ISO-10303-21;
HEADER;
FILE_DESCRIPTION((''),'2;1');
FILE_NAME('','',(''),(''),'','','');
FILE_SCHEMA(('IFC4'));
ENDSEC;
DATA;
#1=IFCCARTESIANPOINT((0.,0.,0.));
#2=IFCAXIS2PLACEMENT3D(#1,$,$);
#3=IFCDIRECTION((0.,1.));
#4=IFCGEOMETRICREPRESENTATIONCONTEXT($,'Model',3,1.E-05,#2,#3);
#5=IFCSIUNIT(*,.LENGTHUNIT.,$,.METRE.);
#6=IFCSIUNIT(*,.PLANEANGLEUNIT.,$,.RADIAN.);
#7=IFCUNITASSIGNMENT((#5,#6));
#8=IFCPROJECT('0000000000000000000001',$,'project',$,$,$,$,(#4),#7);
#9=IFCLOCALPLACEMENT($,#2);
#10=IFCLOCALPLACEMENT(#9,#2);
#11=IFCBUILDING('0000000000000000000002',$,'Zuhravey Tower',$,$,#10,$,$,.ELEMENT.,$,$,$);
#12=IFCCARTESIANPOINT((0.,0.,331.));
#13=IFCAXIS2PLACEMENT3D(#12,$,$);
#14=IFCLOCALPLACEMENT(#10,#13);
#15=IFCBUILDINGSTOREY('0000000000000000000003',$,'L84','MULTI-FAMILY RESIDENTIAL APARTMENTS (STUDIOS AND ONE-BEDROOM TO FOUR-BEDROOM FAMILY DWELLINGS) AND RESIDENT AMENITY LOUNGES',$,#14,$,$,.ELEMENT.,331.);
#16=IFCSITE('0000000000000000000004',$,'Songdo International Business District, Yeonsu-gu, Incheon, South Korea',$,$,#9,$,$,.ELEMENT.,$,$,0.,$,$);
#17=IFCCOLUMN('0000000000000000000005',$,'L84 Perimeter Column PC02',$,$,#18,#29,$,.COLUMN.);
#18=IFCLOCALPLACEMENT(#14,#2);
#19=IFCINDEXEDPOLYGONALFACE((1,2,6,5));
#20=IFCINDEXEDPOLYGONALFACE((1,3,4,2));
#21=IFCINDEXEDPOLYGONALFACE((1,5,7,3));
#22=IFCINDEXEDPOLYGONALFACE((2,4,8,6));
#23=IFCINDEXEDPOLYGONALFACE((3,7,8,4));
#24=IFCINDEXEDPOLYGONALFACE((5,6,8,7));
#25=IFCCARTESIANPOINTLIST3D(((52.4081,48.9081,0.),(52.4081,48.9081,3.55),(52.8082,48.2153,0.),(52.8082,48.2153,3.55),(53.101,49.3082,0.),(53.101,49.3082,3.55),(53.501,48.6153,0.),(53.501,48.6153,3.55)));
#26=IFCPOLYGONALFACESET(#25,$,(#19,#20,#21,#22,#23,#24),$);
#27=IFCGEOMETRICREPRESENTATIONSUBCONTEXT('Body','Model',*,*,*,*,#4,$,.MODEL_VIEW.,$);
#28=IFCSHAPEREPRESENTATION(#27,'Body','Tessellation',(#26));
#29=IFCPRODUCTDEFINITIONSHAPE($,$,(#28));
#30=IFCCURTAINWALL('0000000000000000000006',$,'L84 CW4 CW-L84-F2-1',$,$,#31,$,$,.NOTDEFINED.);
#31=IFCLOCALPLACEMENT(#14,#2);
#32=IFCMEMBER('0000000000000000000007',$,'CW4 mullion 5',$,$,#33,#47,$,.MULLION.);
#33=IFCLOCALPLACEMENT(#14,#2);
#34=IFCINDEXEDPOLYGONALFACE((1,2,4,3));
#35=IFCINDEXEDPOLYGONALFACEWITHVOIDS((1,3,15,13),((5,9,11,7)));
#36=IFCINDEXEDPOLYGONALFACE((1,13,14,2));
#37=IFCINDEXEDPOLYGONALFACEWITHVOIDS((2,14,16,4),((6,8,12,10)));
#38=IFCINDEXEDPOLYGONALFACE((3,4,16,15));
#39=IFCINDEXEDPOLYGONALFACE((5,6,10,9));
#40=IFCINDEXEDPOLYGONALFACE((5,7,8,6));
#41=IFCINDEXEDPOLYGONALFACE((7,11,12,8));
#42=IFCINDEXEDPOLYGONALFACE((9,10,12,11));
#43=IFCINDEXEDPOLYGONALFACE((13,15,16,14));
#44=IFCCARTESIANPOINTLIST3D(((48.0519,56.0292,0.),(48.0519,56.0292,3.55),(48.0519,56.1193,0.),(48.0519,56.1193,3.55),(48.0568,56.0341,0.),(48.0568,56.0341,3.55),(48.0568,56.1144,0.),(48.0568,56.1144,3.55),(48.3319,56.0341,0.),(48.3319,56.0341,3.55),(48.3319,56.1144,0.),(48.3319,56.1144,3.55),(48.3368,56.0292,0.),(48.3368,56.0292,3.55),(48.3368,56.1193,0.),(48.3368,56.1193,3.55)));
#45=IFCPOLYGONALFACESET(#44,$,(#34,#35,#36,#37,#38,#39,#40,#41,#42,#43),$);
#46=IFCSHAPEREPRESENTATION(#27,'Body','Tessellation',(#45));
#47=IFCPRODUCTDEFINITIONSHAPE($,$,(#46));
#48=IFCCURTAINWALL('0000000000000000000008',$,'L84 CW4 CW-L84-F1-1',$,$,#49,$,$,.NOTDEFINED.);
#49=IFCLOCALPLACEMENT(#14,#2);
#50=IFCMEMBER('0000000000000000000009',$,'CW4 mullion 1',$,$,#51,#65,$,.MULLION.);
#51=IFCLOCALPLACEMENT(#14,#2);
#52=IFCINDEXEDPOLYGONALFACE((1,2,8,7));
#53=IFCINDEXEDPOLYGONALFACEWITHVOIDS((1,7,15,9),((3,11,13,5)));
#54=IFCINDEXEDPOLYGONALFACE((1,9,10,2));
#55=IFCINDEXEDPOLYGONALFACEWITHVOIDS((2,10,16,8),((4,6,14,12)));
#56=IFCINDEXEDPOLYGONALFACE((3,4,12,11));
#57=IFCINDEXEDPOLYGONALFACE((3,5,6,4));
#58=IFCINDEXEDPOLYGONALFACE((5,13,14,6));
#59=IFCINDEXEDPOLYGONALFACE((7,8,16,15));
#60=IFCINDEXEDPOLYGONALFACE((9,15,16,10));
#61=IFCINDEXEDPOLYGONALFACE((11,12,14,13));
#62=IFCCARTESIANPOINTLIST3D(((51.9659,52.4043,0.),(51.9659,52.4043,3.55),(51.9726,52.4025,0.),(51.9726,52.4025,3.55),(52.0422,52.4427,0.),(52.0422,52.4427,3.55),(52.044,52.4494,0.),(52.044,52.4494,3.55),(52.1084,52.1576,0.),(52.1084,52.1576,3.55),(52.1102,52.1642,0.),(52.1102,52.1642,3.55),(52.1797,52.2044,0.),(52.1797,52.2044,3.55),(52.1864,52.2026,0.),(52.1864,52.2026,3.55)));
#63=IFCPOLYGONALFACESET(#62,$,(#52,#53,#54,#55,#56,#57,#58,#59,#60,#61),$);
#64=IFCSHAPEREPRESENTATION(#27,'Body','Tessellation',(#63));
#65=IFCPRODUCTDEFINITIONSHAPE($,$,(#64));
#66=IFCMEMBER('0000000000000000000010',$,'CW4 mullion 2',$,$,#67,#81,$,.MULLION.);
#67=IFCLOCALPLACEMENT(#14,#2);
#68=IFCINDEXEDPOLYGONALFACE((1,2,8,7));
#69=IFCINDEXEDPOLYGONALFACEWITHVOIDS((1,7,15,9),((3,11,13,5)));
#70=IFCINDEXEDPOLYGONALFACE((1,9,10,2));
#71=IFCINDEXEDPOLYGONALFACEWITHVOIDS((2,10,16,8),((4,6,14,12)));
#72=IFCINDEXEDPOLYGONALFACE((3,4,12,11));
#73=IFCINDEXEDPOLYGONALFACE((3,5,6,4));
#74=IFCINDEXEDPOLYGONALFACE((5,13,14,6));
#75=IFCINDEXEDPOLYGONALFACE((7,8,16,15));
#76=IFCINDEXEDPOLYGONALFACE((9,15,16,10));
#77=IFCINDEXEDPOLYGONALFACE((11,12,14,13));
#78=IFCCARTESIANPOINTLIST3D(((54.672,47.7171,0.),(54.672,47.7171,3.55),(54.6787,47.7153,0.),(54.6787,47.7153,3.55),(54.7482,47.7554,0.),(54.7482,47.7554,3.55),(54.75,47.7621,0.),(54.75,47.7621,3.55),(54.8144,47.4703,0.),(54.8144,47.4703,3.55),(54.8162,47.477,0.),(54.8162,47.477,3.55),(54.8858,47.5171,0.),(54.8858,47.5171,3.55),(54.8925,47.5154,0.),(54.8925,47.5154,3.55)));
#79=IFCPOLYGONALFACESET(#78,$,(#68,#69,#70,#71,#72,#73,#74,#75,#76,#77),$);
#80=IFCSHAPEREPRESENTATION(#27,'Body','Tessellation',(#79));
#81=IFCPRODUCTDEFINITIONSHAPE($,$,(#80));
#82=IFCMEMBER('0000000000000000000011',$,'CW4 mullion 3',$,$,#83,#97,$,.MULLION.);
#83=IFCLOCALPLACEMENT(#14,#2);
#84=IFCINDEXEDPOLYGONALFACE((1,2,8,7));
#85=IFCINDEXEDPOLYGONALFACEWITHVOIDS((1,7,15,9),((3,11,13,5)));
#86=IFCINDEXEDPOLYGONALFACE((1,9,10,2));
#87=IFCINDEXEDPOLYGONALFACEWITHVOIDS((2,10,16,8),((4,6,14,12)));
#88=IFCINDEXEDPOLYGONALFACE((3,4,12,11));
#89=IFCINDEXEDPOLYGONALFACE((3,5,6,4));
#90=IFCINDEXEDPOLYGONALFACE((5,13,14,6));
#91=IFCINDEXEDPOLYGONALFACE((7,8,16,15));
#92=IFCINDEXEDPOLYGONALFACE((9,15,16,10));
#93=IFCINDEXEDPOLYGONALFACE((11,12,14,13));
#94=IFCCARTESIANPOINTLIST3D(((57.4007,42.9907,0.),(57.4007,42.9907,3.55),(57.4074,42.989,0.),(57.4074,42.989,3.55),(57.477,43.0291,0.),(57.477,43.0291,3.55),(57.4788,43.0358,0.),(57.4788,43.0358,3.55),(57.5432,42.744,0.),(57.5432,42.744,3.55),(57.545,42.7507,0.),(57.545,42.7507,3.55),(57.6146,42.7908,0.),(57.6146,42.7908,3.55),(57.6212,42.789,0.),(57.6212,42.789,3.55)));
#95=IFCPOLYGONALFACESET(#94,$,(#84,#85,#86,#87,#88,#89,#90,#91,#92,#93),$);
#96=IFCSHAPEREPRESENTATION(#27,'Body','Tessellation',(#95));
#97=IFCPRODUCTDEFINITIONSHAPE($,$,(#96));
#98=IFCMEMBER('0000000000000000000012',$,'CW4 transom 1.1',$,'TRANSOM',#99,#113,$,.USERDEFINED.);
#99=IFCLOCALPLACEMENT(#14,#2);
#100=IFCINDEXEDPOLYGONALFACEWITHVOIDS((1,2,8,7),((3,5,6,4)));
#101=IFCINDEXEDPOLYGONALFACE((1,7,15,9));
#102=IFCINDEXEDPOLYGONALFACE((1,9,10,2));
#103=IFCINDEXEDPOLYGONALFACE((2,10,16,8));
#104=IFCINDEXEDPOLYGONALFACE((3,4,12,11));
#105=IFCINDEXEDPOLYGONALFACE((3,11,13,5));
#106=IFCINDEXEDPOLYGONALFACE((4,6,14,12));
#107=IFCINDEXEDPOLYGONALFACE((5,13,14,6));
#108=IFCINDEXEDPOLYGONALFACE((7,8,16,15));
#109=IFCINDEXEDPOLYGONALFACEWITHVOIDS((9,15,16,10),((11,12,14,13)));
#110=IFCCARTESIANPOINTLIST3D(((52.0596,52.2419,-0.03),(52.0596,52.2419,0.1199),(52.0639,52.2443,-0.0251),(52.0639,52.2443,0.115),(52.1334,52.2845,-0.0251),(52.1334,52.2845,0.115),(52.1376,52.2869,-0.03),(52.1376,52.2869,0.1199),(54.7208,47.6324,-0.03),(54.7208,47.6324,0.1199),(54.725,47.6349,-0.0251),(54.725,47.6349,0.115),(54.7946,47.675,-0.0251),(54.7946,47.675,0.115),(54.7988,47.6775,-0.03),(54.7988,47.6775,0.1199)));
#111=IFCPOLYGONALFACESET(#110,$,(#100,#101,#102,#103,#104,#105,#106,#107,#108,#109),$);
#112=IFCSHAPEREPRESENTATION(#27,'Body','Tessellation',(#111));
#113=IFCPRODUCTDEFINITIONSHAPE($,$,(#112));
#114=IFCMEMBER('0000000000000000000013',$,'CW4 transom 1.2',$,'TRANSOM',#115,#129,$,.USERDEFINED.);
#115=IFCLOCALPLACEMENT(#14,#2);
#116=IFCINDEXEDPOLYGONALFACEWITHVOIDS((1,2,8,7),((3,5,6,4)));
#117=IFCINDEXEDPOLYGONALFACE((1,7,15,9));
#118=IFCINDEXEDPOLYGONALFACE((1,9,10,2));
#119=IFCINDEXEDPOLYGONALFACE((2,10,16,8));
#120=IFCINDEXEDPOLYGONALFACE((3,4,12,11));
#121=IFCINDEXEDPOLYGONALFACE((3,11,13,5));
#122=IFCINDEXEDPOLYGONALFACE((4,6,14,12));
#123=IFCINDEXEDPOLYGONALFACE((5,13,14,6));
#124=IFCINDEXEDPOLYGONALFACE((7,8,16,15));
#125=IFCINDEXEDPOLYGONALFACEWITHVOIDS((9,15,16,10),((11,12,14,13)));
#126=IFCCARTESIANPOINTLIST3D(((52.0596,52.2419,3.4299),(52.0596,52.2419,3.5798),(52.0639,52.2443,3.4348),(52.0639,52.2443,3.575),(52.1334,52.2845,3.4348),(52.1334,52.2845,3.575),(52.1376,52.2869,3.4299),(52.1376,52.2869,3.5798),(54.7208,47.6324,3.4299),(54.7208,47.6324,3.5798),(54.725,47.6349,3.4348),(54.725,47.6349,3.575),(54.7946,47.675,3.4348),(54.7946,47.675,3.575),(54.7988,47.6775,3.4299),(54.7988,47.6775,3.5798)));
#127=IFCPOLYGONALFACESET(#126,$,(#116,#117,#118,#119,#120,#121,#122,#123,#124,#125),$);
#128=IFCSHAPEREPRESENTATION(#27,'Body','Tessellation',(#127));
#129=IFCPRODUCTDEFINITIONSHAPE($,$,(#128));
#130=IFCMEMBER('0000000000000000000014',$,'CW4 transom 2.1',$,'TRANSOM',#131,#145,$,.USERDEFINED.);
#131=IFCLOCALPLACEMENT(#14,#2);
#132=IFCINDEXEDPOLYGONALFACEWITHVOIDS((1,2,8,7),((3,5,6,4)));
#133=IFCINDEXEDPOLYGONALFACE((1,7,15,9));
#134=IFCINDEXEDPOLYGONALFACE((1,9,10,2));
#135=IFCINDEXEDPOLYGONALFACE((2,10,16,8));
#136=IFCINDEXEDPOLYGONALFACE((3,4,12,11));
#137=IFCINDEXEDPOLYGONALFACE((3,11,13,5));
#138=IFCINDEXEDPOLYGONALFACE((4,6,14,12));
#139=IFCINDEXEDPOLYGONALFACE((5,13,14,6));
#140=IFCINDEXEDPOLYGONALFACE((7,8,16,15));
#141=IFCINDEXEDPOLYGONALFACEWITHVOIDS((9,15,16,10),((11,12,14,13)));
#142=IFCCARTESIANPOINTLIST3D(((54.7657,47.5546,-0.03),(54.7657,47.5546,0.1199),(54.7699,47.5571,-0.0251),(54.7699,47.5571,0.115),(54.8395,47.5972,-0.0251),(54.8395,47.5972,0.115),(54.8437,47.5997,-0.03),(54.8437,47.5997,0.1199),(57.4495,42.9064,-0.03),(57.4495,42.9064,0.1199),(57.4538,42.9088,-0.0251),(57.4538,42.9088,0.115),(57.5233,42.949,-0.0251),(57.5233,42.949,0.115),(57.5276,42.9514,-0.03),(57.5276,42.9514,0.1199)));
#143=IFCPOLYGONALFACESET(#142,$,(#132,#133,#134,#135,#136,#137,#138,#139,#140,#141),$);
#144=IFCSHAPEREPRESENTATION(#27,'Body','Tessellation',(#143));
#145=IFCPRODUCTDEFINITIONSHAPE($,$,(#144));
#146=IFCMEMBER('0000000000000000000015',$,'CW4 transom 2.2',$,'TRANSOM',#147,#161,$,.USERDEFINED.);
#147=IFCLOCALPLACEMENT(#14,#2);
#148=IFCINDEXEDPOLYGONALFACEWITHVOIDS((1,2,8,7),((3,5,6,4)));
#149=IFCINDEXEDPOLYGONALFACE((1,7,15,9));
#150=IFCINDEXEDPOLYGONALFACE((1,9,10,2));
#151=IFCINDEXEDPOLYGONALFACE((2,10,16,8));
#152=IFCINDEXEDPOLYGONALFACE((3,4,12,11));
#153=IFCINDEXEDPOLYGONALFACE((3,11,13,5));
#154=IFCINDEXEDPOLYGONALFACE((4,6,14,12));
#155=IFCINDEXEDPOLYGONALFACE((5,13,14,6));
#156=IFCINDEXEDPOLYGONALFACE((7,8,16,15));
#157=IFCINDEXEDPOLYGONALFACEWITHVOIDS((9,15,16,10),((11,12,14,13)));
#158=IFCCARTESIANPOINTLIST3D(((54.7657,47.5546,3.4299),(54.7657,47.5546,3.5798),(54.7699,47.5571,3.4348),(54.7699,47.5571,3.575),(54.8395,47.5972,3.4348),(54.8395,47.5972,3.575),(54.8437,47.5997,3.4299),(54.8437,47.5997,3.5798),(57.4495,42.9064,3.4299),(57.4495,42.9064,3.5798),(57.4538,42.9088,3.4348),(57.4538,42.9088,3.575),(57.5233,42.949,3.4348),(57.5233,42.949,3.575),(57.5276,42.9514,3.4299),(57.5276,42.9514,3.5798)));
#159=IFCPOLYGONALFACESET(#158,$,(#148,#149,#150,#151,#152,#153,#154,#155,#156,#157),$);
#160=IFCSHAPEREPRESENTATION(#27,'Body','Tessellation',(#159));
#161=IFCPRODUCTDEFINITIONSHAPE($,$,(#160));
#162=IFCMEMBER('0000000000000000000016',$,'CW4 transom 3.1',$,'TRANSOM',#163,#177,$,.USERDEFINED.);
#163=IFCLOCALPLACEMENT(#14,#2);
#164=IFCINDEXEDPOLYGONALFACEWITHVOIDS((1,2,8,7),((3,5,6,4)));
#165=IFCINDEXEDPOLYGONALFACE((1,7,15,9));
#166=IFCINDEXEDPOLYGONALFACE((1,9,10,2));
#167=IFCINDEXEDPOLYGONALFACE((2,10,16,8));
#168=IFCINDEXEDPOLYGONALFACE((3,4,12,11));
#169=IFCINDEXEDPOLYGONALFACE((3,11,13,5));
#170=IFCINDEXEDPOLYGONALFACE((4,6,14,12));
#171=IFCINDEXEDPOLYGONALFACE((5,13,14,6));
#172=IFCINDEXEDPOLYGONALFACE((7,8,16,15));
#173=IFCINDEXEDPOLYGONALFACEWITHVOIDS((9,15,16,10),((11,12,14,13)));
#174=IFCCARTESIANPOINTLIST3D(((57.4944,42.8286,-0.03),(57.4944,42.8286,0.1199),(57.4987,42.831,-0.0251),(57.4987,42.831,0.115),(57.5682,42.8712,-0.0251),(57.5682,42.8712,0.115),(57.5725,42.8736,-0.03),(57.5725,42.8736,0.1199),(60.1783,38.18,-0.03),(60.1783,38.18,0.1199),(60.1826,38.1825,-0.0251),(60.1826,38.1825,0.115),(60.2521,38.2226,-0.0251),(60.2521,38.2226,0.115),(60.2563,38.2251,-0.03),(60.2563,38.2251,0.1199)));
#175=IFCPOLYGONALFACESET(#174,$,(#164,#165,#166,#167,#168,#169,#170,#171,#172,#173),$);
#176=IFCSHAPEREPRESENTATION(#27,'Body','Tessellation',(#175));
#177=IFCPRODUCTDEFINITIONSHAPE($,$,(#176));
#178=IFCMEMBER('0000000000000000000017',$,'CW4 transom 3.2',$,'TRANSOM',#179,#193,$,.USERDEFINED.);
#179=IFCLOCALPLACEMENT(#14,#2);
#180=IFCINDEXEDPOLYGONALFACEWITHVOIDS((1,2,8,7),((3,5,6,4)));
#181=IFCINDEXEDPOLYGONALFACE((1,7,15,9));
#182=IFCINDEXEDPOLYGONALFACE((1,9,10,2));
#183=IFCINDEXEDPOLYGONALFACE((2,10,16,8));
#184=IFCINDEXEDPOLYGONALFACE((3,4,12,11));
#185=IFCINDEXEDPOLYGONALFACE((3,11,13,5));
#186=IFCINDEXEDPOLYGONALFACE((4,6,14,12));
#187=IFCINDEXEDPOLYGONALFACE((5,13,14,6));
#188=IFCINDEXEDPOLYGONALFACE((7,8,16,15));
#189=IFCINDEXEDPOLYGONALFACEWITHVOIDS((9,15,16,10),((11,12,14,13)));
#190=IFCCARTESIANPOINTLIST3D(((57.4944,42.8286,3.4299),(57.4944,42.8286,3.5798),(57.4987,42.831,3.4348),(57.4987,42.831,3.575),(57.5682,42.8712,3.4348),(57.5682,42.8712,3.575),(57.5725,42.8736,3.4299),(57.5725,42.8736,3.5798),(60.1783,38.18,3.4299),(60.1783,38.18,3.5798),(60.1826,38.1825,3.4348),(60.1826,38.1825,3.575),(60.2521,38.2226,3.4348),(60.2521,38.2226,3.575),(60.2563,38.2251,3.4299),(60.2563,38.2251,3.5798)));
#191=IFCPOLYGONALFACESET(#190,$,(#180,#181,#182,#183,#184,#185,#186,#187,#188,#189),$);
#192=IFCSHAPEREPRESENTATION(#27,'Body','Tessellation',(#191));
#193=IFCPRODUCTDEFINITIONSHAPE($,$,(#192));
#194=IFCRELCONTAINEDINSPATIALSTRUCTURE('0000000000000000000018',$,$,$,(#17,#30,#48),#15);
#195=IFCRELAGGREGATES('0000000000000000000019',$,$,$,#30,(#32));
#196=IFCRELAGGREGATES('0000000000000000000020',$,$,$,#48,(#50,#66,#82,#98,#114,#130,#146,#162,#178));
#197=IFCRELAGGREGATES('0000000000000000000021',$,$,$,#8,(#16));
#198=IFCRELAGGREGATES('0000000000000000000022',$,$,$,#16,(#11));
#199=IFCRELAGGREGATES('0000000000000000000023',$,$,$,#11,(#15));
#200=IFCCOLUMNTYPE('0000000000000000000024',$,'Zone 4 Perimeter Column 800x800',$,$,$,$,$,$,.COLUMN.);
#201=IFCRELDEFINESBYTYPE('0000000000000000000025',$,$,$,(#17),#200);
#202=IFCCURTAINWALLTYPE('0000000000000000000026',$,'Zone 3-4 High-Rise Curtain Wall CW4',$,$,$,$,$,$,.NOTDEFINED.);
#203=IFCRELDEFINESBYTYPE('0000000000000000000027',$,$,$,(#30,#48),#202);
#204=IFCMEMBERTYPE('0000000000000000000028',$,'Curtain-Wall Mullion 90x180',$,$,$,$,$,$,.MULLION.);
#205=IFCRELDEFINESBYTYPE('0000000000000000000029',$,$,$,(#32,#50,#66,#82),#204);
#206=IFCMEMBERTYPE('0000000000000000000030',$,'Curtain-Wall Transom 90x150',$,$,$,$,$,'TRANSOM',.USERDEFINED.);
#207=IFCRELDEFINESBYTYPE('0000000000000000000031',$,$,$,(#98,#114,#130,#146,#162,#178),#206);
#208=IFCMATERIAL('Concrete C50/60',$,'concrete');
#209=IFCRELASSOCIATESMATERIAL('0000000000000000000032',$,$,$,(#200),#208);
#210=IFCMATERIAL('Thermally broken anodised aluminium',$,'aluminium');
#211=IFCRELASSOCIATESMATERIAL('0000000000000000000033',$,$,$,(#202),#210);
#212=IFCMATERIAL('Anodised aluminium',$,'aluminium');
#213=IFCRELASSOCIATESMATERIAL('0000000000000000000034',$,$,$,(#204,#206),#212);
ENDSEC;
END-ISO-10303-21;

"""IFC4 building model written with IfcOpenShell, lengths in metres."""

from ifc_helpers import new_model, si_unit, direction, frame, origin, origin_2d, place, context, subcontext, project, spatial, rectangle, hollow_rectangle, extrude, material, material_profile, profile_set, type_object, element, aggregate, save


model = new_model("IFC4")

# Units and contexts
model_context = context("Model", 3, precision=1e-05, world=origin(), true_north=direction((0.0, 1.0)))
body_context = subcontext(model_context, "Body", "Model", "MODEL_VIEW")
ifc_project = project(units=[si_unit("LENGTHUNIT", "METRE"), si_unit("PLANEANGLEUNIT", "RADIAN")], contexts=[model_context])

# Site, building, storey
site_placement = place(None, origin())
site = spatial("IfcSite", under=ifc_project, at=site_placement, Name="Songdo International Business District, Yeonsu-gu, Incheon, South Korea", CompositionType="ELEMENT", RefElevation=0.0)
building_placement = place(site_placement, origin())
building = spatial("IfcBuilding", under=site, at=building_placement, Name="Zuhravey Tower", CompositionType="ELEMENT")
storey_placement = place(building_placement, frame((0.0, 0.0, 331.0)))
storey = spatial("IfcBuildingStorey", under=building, at=storey_placement, Name="L84", Description="MULTI-FAMILY RESIDENTIAL APARTMENTS (STUDIOS AND ONE-BEDROOM TO FOUR-BEDROOM FAMILY DWELLINGS) AND RESIDENT AMENITY LOUNGES", CompositionType="ELEMENT", Elevation=331.0)

# Column
ifc_material_1 = material(Name="Concrete C50/60", Category="concrete")
ifc_material_profile_1 = material_profile(ifc_material_1, rectangle(XDim=0.8, YDim=0.8, at=origin_2d()), Name="RC-800x800")
ifc_profile_set_1 = profile_set([ifc_material_profile_1], Name="Concrete C50/60")
column_type = type_object("IfcColumnType", Name="Zone 4 Perimeter Column 800x800", PredefinedType="COLUMN", material=ifc_profile_set_1)
column_placement = place(storey_placement, frame((52.9546, 48.7617, 0.0), z_axis=(0.0, 0.0, 1.0), x_axis=(-0.5, 0.866025, 0.0)))
element("IfcColumn", 1, at=column_placement, inside=storey, type_object=column_type, Name="L84 Perimeter Column PC02", PredefinedType="COLUMN", context=body_context, shape_type="SweptSolid", body=[
    extrude(rectangle(XDim=0.8, YDim=0.8, at=origin_2d()), origin(), (0.0, 0.0, 1.0), 3.55),
])

# Curtain wall, member
ifc_material_2 = material(Name="Thermally broken anodised aluminium", Category="aluminium")
curtain_wall_type = type_object("IfcCurtainWallType", Name="Zone 3-4 High-Rise Curtain Wall CW4", PredefinedType="NOTDEFINED", material=ifc_material_2)
curtain_wall_1_placement = place(storey_placement, origin())
curtain_wall_1 = element("IfcCurtainWall", 2, at=curtain_wall_1_placement, inside=storey, type_object=curtain_wall_type, Name="L84 CW4 CW-L84-F2-1", PredefinedType="NOTDEFINED")
ifc_material_3 = material(Name="Anodised aluminium", Category="aluminium")
ifc_material_profile_2 = material_profile(ifc_material_3, hollow_rectangle(XDim=0.0901, YDim=0.2849, WallThickness=0.0049, at=origin_2d()), Name="ALU-RHS-90x285x5")
ifc_profile_set_2 = profile_set([ifc_material_profile_2], Name="Anodised aluminium")
member_type_1 = type_object("IfcMemberType", Name="Curtain-Wall Mullion 90x180", PredefinedType="MULLION", material=ifc_profile_set_2)
member_1_placement = place(storey_placement, frame((48.1943, 56.0742, 0.0), z_axis=(0.0, 0.0, 1.0), x_axis=(0.0, 1.0, 0.0)))
member_1 = element("IfcMember", 3, at=member_1_placement, type_object=member_type_1, Name="CW4 mullion 5", PredefinedType="MULLION", context=body_context, shape_type="SweptSolid", body=[
    extrude(hollow_rectangle(XDim=0.0901, YDim=0.2849, WallThickness=0.0049, at=origin_2d()), origin(), (0.0, 0.0, 1.0), 3.55),
])
aggregate(curtain_wall_1, [member_1])

# Curtain wall, members
curtain_wall_2_placement = place(storey_placement, origin())
curtain_wall_2 = element("IfcCurtainWall", 4, at=curtain_wall_2_placement, inside=storey, type_object=curtain_wall_type, Name="L84 CW4 CW-L84-F1-1", PredefinedType="NOTDEFINED")
member_2_placement = place(storey_placement, frame((52.0762, 52.3035, 0.0), z_axis=(0.0, 0.0, 1.0), x_axis=(0.866024, 0.500002, 0.0)))
member_2 = element("IfcMember", 5, at=member_2_placement, type_object=member_type_1, Name="CW4 mullion 1", PredefinedType="MULLION", context=body_context, shape_type="SweptSolid", body=[
    extrude(hollow_rectangle(XDim=0.0901, YDim=0.2849, WallThickness=0.0049, at=origin_2d()), origin(), (0.0, 0.0, 1.0), 3.55),
])
member_3_placement = place(storey_placement, frame((54.7822, 47.6162, 0.0), z_axis=(0.0, 0.0, 1.0), x_axis=(0.866024, 0.500002, 0.0)))
member_3 = element("IfcMember", 6, at=member_3_placement, type_object=member_type_1, Name="CW4 mullion 2", PredefinedType="MULLION", context=body_context, shape_type="SweptSolid", body=[
    extrude(hollow_rectangle(XDim=0.0901, YDim=0.2849, WallThickness=0.0049, at=origin_2d()), origin(), (0.0, 0.0, 1.0), 3.55),
])
member_4_placement = place(storey_placement, frame((57.511, 42.8899, 0.0), z_axis=(0.0, 0.0, 1.0), x_axis=(0.866024, 0.500002, 0.0)))
member_4 = element("IfcMember", 7, at=member_4_placement, type_object=member_type_1, Name="CW4 mullion 3", PredefinedType="MULLION", context=body_context, shape_type="SweptSolid", body=[
    extrude(hollow_rectangle(XDim=0.0901, YDim=0.2849, WallThickness=0.0049, at=origin_2d()), origin(), (0.0, 0.0, 1.0), 3.55),
])
ifc_material_profile_3 = material_profile(ifc_material_3, hollow_rectangle(XDim=0.0901, YDim=0.1499, WallThickness=0.0049, at=origin_2d()), Name="ALU-RHS-90x150x5")
ifc_profile_set_3 = profile_set([ifc_material_profile_3], Name="Anodised aluminium")
member_type_2 = type_object("IfcMemberType", Name="Curtain-Wall Transom 90x150", ElementType="TRANSOM", PredefinedType="USERDEFINED", material=ifc_profile_set_3)
member_5_placement = place(storey_placement, frame((52.0986, 52.2644, 0.0449), z_axis=(0.499987, -0.866033, 0.0), x_axis=(0.866033, 0.499987, 0.0)))
member_5 = element("IfcMember", 8, at=member_5_placement, type_object=member_type_2, Name="CW4 transom 1.1", ObjectType="TRANSOM", PredefinedType="USERDEFINED", context=body_context, shape_type="SweptSolid", body=[
    extrude(hollow_rectangle(XDim=0.0901, YDim=0.1499, WallThickness=0.0049, at=origin_2d()), origin(), (0.0, 0.0, 1.0), 5.3225),
])
member_6_placement = place(storey_placement, frame((52.0986, 52.2644, 3.5049), z_axis=(0.499987, -0.866033, 0.0), x_axis=(0.866033, 0.499987, 0.0)))
member_6 = element("IfcMember", 9, at=member_6_placement, type_object=member_type_2, Name="CW4 transom 1.2", ObjectType="TRANSOM", PredefinedType="USERDEFINED", context=body_context, shape_type="SweptSolid", body=[
    extrude(hollow_rectangle(XDim=0.0901, YDim=0.1499, WallThickness=0.0049, at=origin_2d()), origin(), (0.0, 0.0, 1.0), 5.3225),
])
member_7_placement = place(storey_placement, frame((54.8047, 47.5771, 0.0449), z_axis=(0.500028, -0.866009, 0.0), x_axis=(0.866009, 0.500028, 0.0)))
member_7 = element("IfcMember", 10, at=member_7_placement, type_object=member_type_2, Name="CW4 transom 2.1", ObjectType="TRANSOM", PredefinedType="USERDEFINED", context=body_context, shape_type="SweptSolid", body=[
    extrude(hollow_rectangle(XDim=0.0901, YDim=0.1499, WallThickness=0.0049, at=origin_2d()), origin(), (0.0, 0.0, 1.0), 5.3674),
])
member_8_placement = place(storey_placement, frame((54.8047, 47.5771, 3.5049), z_axis=(0.500028, -0.866009, 0.0), x_axis=(0.866009, 0.500028, 0.0)))
member_8 = element("IfcMember", 11, at=member_8_placement, type_object=member_type_2, Name="CW4 transom 2.2", ObjectType="TRANSOM", PredefinedType="USERDEFINED", context=body_context, shape_type="SweptSolid", body=[
    extrude(hollow_rectangle(XDim=0.0901, YDim=0.1499, WallThickness=0.0049, at=origin_2d()), origin(), (0.0, 0.0, 1.0), 5.3674),
])
member_9_placement = place(storey_placement, frame((57.5334, 42.8511, 0.0449), z_axis=(0.500009, -0.86602, 0.0), x_axis=(0.86602, 0.500009, 0.0)))
member_9 = element("IfcMember", 12, at=member_9_placement, type_object=member_type_2, Name="CW4 transom 3.1", ObjectType="TRANSOM", PredefinedType="USERDEFINED", context=body_context, shape_type="SweptSolid", body=[
    extrude(hollow_rectangle(XDim=0.0901, YDim=0.1499, WallThickness=0.0049, at=origin_2d()), origin(), (0.0, 0.0, 1.0), 5.3677),
])
member_10_placement = place(storey_placement, frame((57.5334, 42.8511, 3.5049), z_axis=(0.500009, -0.86602, 0.0), x_axis=(0.86602, 0.500009, 0.0)))
member_10 = element("IfcMember", 13, at=member_10_placement, type_object=member_type_2, Name="CW4 transom 3.2", ObjectType="TRANSOM", PredefinedType="USERDEFINED", context=body_context, shape_type="SweptSolid", body=[
    extrude(hollow_rectangle(XDim=0.0901, YDim=0.1499, WallThickness=0.0049, at=origin_2d()), origin(), (0.0, 0.0, 1.0), 5.3677),
])

aggregate(curtain_wall_2, [member_2, member_3, member_4, member_5, member_6, member_7, member_8, member_9, member_10])

save(model, "model.ifc")
